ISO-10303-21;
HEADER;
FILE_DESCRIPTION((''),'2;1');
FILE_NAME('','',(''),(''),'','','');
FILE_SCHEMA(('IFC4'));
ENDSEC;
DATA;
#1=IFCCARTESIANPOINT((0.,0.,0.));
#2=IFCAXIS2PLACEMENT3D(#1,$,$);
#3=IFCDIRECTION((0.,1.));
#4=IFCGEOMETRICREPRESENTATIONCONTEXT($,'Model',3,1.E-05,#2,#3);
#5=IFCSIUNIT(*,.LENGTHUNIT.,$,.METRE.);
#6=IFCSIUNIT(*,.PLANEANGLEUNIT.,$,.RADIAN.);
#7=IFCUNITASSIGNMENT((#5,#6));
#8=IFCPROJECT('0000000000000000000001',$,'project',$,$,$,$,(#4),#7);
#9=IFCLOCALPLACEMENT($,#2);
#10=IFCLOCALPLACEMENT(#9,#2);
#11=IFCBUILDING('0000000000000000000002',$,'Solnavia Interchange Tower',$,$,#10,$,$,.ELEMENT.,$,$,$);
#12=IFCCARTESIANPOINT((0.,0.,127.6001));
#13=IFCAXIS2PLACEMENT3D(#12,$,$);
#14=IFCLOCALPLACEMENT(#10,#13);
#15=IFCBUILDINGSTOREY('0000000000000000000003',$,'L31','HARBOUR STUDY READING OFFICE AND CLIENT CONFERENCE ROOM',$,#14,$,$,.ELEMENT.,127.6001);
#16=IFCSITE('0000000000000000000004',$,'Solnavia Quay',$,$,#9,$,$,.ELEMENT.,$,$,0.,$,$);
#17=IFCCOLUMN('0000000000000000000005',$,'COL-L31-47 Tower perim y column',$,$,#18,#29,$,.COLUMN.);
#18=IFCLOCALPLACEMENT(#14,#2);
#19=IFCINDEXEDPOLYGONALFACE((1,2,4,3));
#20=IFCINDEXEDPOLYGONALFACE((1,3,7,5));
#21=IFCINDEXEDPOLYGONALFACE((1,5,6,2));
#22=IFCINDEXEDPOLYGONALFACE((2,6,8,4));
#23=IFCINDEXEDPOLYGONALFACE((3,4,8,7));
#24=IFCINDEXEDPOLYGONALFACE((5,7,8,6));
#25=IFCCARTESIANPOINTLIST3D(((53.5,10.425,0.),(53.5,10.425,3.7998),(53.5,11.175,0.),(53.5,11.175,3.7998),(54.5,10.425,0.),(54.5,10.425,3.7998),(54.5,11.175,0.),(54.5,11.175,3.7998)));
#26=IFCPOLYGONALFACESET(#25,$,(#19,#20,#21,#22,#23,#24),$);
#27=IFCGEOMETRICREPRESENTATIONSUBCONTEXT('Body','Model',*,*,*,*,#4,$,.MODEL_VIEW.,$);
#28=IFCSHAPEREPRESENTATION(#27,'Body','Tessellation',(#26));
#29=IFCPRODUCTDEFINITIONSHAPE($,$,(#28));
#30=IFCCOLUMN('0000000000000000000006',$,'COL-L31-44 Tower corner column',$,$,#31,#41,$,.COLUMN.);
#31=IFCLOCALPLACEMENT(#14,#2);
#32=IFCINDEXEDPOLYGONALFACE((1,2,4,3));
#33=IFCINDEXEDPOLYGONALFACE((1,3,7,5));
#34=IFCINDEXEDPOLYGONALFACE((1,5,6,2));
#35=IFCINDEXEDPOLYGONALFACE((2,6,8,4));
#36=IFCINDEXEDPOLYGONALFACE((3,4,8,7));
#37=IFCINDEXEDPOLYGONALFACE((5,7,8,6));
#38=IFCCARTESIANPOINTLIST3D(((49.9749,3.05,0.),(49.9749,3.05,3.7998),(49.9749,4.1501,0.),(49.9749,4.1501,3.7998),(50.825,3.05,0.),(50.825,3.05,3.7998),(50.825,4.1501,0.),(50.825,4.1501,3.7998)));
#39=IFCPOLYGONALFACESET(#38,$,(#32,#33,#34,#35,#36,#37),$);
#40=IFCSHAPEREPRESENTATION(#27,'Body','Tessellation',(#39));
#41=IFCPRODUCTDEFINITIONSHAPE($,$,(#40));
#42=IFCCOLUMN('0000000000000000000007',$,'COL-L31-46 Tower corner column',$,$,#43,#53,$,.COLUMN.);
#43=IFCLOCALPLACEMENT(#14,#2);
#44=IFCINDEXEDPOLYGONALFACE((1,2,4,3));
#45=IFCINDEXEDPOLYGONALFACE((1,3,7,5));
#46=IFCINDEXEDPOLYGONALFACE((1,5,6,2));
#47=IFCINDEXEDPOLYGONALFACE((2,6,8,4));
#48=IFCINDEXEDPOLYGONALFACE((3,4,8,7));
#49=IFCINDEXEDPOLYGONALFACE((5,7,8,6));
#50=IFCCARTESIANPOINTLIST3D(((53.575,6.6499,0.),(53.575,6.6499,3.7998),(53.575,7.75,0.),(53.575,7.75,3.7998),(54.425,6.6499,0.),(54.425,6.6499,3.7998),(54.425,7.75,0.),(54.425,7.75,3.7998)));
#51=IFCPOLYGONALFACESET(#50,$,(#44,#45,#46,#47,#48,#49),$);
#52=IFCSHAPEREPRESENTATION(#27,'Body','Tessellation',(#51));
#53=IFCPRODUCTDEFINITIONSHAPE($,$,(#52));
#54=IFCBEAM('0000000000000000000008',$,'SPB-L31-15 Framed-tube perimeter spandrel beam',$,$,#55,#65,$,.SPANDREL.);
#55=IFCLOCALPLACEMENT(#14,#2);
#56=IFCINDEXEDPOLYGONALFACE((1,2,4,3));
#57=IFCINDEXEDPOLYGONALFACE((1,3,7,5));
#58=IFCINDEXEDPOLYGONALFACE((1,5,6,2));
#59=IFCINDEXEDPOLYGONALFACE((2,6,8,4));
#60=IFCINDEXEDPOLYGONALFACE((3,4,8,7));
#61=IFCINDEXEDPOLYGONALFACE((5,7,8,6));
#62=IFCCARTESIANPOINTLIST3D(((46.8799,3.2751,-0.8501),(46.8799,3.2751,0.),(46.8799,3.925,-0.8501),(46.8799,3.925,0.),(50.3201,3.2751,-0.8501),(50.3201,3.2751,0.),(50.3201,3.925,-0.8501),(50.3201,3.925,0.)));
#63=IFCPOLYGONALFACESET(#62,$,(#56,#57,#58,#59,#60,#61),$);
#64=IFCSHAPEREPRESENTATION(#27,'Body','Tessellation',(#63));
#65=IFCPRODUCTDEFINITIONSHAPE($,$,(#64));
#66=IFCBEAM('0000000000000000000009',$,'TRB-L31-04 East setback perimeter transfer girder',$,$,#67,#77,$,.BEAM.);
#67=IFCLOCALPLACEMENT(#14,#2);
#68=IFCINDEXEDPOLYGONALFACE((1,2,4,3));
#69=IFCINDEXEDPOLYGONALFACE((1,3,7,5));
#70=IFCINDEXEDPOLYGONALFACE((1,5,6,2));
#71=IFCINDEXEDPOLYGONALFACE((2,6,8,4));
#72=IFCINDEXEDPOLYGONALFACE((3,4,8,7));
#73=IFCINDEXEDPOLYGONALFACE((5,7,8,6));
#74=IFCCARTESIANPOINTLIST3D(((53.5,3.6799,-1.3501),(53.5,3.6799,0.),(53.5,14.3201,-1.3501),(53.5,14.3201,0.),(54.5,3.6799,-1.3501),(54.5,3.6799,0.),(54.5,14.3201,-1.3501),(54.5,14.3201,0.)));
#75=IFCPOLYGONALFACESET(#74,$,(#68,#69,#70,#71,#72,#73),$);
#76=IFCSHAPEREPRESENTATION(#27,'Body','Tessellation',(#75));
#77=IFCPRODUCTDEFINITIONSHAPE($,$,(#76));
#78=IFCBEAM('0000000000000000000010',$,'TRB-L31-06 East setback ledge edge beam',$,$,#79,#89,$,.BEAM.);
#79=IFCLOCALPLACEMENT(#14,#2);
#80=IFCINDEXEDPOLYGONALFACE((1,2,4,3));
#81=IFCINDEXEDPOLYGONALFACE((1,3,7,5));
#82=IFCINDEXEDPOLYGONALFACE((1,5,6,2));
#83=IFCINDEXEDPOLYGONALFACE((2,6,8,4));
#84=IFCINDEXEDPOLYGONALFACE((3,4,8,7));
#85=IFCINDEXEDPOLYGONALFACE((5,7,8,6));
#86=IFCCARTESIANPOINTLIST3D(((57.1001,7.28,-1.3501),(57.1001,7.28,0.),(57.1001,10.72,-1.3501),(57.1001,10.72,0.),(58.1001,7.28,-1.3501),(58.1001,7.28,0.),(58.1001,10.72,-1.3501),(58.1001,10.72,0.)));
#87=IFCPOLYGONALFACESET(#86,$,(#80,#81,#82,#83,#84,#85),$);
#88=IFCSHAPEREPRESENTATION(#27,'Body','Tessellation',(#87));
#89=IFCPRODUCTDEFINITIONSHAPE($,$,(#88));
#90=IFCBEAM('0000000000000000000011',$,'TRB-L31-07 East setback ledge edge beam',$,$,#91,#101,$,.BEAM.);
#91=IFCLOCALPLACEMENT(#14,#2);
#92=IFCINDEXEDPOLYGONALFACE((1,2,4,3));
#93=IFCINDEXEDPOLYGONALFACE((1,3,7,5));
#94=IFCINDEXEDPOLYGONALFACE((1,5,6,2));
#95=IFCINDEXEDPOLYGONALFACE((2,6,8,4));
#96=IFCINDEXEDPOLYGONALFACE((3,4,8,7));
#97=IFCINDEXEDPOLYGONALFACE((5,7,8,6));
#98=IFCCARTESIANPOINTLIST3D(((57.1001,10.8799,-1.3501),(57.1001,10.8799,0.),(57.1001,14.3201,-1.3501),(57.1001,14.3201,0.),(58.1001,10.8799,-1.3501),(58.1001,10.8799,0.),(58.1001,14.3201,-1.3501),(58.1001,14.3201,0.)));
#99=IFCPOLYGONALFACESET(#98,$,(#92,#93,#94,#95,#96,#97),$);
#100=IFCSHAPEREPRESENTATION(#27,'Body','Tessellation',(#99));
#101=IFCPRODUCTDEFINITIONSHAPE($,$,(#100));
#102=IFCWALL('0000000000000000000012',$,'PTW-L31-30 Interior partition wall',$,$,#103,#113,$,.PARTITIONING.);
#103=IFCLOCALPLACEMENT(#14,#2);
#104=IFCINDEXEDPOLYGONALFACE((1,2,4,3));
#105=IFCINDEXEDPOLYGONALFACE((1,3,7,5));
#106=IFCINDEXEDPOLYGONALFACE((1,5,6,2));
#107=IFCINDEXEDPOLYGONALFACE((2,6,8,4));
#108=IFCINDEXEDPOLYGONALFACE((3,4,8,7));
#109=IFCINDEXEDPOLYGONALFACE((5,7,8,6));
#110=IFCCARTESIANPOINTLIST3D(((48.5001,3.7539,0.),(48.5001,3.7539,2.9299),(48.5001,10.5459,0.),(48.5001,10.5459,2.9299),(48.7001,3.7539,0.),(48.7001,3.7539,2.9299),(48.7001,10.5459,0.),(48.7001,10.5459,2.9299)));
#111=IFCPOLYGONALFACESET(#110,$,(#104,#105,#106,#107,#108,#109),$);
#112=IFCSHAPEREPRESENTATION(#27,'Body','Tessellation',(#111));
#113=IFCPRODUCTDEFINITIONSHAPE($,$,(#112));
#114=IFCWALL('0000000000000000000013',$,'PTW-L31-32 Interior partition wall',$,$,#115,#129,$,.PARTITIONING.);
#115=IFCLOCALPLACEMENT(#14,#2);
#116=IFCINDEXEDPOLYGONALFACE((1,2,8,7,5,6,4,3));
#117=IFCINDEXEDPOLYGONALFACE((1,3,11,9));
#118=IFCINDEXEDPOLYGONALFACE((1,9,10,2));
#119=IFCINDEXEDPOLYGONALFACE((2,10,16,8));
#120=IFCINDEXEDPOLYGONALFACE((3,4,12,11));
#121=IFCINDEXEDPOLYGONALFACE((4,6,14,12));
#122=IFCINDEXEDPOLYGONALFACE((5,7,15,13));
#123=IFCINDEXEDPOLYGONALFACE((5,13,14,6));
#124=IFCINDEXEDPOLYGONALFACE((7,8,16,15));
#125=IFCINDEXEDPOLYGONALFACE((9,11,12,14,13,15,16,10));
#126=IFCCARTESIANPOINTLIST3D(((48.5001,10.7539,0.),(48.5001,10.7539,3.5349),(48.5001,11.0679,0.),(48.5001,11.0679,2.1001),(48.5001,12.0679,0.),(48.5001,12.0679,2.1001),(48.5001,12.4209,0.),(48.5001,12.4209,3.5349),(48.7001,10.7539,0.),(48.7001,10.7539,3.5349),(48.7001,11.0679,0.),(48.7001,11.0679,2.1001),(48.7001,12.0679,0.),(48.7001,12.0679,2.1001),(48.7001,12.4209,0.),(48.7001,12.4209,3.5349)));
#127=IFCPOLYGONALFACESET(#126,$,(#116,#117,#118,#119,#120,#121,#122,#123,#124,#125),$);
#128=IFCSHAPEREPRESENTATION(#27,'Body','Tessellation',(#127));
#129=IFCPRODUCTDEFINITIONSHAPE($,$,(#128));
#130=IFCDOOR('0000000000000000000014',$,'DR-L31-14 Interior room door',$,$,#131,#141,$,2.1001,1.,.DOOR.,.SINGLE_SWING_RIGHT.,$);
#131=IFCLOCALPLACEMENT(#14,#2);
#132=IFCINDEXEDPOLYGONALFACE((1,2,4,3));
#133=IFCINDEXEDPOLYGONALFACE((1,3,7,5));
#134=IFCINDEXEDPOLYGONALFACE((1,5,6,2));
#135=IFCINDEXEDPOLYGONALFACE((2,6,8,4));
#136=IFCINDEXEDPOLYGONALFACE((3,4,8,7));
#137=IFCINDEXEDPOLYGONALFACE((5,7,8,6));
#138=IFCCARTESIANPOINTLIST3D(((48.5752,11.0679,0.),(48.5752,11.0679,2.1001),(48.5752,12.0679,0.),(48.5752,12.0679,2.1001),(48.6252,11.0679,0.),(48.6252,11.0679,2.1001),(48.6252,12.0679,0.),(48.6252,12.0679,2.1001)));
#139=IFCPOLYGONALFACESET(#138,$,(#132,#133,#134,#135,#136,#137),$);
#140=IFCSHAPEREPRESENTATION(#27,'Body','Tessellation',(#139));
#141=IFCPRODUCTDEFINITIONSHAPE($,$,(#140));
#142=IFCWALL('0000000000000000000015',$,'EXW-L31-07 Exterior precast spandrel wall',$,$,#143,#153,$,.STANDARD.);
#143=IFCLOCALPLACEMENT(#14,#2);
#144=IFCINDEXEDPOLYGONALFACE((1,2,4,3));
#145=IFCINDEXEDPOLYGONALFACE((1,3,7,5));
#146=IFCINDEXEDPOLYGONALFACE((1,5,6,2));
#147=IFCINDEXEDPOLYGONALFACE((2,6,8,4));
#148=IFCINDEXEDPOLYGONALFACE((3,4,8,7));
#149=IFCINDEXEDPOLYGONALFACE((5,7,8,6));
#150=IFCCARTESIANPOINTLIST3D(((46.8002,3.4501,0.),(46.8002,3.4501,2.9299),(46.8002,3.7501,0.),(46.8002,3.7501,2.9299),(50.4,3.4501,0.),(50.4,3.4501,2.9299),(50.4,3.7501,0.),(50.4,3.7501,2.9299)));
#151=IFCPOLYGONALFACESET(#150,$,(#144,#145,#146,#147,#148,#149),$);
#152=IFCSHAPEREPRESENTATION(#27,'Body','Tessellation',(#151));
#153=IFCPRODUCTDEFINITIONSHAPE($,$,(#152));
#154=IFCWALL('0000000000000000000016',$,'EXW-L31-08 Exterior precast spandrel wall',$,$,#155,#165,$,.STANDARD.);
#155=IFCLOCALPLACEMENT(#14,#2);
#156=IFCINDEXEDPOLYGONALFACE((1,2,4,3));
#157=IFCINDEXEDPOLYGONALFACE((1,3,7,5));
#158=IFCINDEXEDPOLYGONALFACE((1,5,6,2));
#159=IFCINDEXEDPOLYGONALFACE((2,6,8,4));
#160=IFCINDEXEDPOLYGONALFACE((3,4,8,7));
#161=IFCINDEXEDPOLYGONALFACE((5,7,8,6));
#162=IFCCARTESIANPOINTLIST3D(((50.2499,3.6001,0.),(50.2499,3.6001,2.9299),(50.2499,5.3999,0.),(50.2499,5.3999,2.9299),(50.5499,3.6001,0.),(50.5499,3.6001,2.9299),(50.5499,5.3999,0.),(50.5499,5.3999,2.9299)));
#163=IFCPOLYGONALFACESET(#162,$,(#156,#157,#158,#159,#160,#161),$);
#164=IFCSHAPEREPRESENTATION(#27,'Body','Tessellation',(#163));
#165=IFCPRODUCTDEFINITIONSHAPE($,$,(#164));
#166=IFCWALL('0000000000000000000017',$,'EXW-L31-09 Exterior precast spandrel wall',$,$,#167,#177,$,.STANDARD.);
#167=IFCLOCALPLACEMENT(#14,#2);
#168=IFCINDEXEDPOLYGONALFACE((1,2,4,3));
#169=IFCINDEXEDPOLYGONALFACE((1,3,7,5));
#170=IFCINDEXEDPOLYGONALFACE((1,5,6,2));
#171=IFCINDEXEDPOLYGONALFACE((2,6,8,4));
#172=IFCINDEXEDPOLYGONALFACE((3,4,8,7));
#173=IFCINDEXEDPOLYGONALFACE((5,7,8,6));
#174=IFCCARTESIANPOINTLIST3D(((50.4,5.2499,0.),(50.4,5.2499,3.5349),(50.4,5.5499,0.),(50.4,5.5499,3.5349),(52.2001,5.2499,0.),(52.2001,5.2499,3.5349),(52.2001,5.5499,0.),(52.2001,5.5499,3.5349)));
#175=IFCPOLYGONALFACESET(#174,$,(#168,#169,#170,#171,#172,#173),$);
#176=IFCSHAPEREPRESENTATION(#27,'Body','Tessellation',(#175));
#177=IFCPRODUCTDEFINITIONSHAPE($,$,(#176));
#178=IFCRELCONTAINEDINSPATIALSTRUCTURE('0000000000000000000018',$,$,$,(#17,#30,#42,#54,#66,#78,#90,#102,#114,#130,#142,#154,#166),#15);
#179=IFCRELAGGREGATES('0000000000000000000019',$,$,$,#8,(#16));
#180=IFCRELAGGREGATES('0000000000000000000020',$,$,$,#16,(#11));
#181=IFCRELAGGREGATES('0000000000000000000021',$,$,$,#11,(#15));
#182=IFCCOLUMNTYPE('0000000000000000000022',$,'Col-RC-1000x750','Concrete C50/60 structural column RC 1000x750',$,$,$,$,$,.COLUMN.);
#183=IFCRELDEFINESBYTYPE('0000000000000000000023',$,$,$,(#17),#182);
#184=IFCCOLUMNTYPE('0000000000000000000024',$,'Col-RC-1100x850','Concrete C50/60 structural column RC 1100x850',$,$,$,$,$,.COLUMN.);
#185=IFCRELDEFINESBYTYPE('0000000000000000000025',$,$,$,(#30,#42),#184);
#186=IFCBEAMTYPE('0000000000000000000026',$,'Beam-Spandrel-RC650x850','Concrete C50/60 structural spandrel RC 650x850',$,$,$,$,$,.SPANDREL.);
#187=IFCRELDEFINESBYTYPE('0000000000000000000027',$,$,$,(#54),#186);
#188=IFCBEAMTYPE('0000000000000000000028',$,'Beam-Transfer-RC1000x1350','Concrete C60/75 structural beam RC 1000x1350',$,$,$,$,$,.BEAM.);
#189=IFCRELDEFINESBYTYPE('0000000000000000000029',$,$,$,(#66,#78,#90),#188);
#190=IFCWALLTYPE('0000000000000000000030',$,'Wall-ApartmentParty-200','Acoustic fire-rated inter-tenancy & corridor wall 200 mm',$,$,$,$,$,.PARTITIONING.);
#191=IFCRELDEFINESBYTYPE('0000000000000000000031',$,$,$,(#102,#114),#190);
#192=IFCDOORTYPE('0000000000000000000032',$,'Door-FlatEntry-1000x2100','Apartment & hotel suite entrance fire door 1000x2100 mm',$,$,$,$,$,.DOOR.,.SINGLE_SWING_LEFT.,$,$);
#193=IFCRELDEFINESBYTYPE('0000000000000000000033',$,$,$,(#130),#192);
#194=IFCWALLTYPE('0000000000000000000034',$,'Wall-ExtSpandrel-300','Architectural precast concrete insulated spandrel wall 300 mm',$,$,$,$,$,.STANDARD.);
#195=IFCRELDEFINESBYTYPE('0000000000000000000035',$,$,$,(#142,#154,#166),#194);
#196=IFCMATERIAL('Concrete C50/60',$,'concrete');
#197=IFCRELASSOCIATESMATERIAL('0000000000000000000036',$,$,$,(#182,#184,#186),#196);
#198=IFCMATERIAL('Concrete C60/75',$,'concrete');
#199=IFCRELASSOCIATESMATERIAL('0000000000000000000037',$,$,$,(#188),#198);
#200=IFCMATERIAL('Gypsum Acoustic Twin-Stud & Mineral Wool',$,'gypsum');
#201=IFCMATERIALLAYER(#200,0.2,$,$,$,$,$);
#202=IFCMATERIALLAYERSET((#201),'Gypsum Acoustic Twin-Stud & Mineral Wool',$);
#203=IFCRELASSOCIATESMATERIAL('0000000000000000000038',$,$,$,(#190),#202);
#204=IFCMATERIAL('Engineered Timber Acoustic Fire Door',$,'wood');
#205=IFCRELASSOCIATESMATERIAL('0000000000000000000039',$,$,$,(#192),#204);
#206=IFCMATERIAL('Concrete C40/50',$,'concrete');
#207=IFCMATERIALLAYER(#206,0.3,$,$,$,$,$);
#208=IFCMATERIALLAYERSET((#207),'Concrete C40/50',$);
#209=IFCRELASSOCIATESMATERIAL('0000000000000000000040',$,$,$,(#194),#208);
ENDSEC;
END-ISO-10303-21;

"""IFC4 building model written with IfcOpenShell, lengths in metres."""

from ifc_helpers import new_model, si_unit, direction, frame, frame_2d, origin, origin_2d, place, context, subcontext, project, spatial, rectangle, extrude, material, layer, layer_set, material_profile, profile_set, type_object, element, fill, save


model = new_model("IFC4")

# Units and contexts
model_context = context("Model", 3, precision=1e-05, world=origin(), true_north=direction((0.0, 1.0)))
body_context = subcontext(model_context, "Body", "Model", "MODEL_VIEW")
ifc_project = project(units=[si_unit("LENGTHUNIT", "METRE"), si_unit("PLANEANGLEUNIT", "RADIAN")], contexts=[model_context])

# Site, building, storey
site_placement = place(None, origin())
site = spatial("IfcSite", under=ifc_project, at=site_placement, Name="Solnavia Quay", CompositionType="ELEMENT", RefElevation=0.0)
building_placement = place(site_placement, origin())
building = spatial("IfcBuilding", under=site, at=building_placement, Name="Solnavia Interchange Tower", CompositionType="ELEMENT")
storey_placement = place(building_placement, frame((0.0, 0.0, 127.6001)))
storey = spatial("IfcBuildingStorey", under=building, at=storey_placement, Name="L31", Description="HARBOUR STUDY READING OFFICE AND CLIENT CONFERENCE ROOM", CompositionType="ELEMENT", Elevation=127.6001)

# Columns
ifc_material_1 = material(Name="Concrete C50/60", Category="concrete")
ifc_material_profile_1 = material_profile(ifc_material_1, rectangle(XDim=0.75, YDim=1.0, at=origin_2d()), Name="RC 1000x750")
ifc_profile_set_1 = profile_set([ifc_material_profile_1], Name="Concrete C50/60")
column_type_1 = type_object("IfcColumnType", Name="Col-RC-1000x750", Description="Concrete C50/60 structural column RC 1000x750", PredefinedType="COLUMN", material=ifc_profile_set_1)
column_placement = place(storey_placement, frame((54.0, 10.8, 0.0), z_axis=(0.0, 0.0, 1.0), x_axis=(0.0, 1.0, 0.0)))
element("IfcColumn", 1, at=column_placement, inside=storey, type_object=column_type_1, Name="COL-L31-47 Tower perim y column", PredefinedType="COLUMN", context=body_context, shape_type="SweptSolid", body=[
    extrude(rectangle(XDim=0.75, YDim=1.0, at=origin_2d()), origin(), (0.0, 0.0, 1.0), 3.7998),
])
ifc_material_profile_2 = material_profile(ifc_material_1, rectangle(XDim=0.8501, YDim=1.1001, at=origin_2d()), Name="RC 1100x850")
ifc_profile_set_2 = profile_set([ifc_material_profile_2], Name="Concrete C50/60")
column_type_2 = type_object("IfcColumnType", Name="Col-RC-1100x850", Description="Concrete C50/60 structural column RC 1100x850", PredefinedType="COLUMN", material=ifc_profile_set_2)
for number, where, z_axis, x_axis, name in (
    (2, (50.3999, 3.6001, 0.0), (0.0, 0.0, 1.0), (1.0, 0.0, 0.0), "COL-L31-44 Tower corner column"),
    (3, (54.0, 7.2, 0.0), (0.0, 0.0, 1.0), (1.0, 0.0, 0.0), "COL-L31-46 Tower corner column"),
):
    element("IfcColumn", number, at=place(storey_placement, frame(where, z_axis=z_axis, x_axis=x_axis)), inside=storey, type_object=column_type_2, Name=name, PredefinedType="COLUMN", context=body_context, shape_type="SweptSolid", body=[
        extrude(rectangle(XDim=0.8501, YDim=1.1001, at=origin_2d()), origin(), (0.0, 0.0, 1.0), 3.7998),
    ])

# Beams
ifc_material_profile_3 = material_profile(ifc_material_1, rectangle(XDim=0.6499, YDim=0.8501, at=origin_2d()), Name="RC 650x850")
ifc_profile_set_3 = profile_set([ifc_material_profile_3], Name="Concrete C50/60")
beam_type_1 = type_object("IfcBeamType", Name="Beam-Spandrel-RC650x850", Description="Concrete C50/60 structural spandrel RC 650x850", PredefinedType="SPANDREL", material=ifc_profile_set_3)
beam_1_placement = place(storey_placement, frame((46.8799, 3.6001, -0.425), z_axis=(1.0, 0.0, 0.0), x_axis=(0.0, 1.0, 0.0)))
element("IfcBeam", 4, at=beam_1_placement, inside=storey, type_object=beam_type_1, Name="SPB-L31-15 Framed-tube perimeter spandrel beam", PredefinedType="SPANDREL", context=body_context, shape_type="SweptSolid", body=[
    extrude(rectangle(XDim=0.6499, YDim=0.8501, at=origin_2d()), origin(), (0.0, 0.0, 1.0), 3.4402),
])
ifc_material_2 = material(Name="Concrete C60/75", Category="concrete")
ifc_material_profile_4 = material_profile(ifc_material_2, rectangle(XDim=1.0, YDim=1.3501, at=origin_2d()), Name="RC 1000x1350")
ifc_profile_set_4 = profile_set([ifc_material_profile_4], Name="Concrete C60/75")
beam_type_2 = type_object("IfcBeamType", Name="Beam-Transfer-RC1000x1350", Description="Concrete C60/75 structural beam RC 1000x1350", PredefinedType="BEAM", material=ifc_profile_set_4)
beam_2_placement = place(storey_placement, frame((54.0, 3.6799, -0.675), z_axis=(0.0, 1.0, 0.0), x_axis=(-1.0, 0.0, 0.0)))
element("IfcBeam", 5, at=beam_2_placement, inside=storey, type_object=beam_type_2, Name="TRB-L31-04 East setback perimeter transfer girder", PredefinedType="BEAM", context=body_context, shape_type="SweptSolid", body=[
    extrude(rectangle(XDim=1.0, YDim=1.3501, at=origin_2d()), origin(), (0.0, 0.0, 1.0), 10.6401),
])
beam_3_placement = place(storey_placement, frame((57.6001, 7.28, -0.675), z_axis=(0.0, 1.0, 0.0), x_axis=(-1.0, 0.0, 0.0)))
element("IfcBeam", 6, at=beam_3_placement, inside=storey, type_object=beam_type_2, Name="TRB-L31-06 East setback ledge edge beam", PredefinedType="BEAM", context=body_context, shape_type="SweptSolid", body=[
    extrude(rectangle(XDim=1.0, YDim=1.3501, at=origin_2d()), origin(), (0.0, 0.0, 1.0), 3.4399),
])
beam_4_placement = place(storey_placement, frame((57.6001, 10.8799, -0.675), z_axis=(0.0, 1.0, 0.0), x_axis=(-1.0, 0.0, 0.0)))
element("IfcBeam", 7, at=beam_4_placement, inside=storey, type_object=beam_type_2, Name="TRB-L31-07 East setback ledge edge beam", PredefinedType="BEAM", context=body_context, shape_type="SweptSolid", body=[
    extrude(rectangle(XDim=1.0, YDim=1.3501, at=origin_2d()), origin(), (0.0, 0.0, 1.0), 3.4402),
])

# Wall
ifc_material_3 = material(Name="Gypsum Acoustic Twin-Stud & Mineral Wool", Category="gypsum")
ifc_layer_1 = layer(ifc_material_3, 0.2)
ifc_layer_set_1 = layer_set([ifc_layer_1], Name="Gypsum Acoustic Twin-Stud & Mineral Wool")
wall_type_1 = type_object("IfcWallType", Name="Wall-ApartmentParty-200", Description="Acoustic fire-rated inter-tenancy & corridor wall 200 mm", PredefinedType="PARTITIONING", material=ifc_layer_set_1)
wall_1_placement = place(storey_placement, frame((48.6001, 3.7539, 0.0), z_axis=(0.0, 0.0, 1.0), x_axis=(0.0, 1.0, 0.0)))
element("IfcWall", 8, at=wall_1_placement, inside=storey, type_object=wall_type_1, Name="PTW-L31-30 Interior partition wall", PredefinedType="PARTITIONING", context=body_context, shape_type="SweptSolid", body=[
    extrude(rectangle(XDim=6.792, YDim=0.2, at=frame_2d((3.396, 0.0))), origin(), (0.0, 0.0, 1.0), 2.9299),
])

# Wall, opening, door
wall_2_placement = place(storey_placement, frame((48.6001, 10.7539, 0.0), z_axis=(0.0, 0.0, 1.0), x_axis=(0.0, 1.0, 0.0)))
wall_2 = element("IfcWall", 9, at=wall_2_placement, inside=storey, type_object=wall_type_1, Name="PTW-L31-32 Interior partition wall", PredefinedType="PARTITIONING", context=body_context, shape_type="SweptSolid", body=[
    extrude(rectangle(XDim=1.667, YDim=0.2, at=frame_2d((0.8335, 0.0))), origin(), (0.0, 0.0, 1.0), 3.5349),
])
opening_1_placement = place(wall_2_placement, frame((0.314, 0.0, 0.0)))
opening_1 = element("IfcOpeningElement", 10, at=opening_1_placement, cuts=wall_2, PredefinedType="OPENING", context=body_context, shape_type="SweptSolid", body=[
    extrude(rectangle(XDim=1.0, YDim=2.1001, at=frame_2d((0.5, 1.05))), frame((0.0, 0.1099, 0.0), z_axis=(0.0, -1.0, 0.0), x_axis=(1.0, 0.0, 0.0)), (0.0, 0.0, 1.0), 0.22),
])
ifc_material_4 = material(Name="Engineered Timber Acoustic Fire Door", Category="wood")
door_type_1 = type_object("IfcDoorType", Name="Door-FlatEntry-1000x2100", Description="Apartment & hotel suite entrance fire door 1000x2100 mm", OperationType="SINGLE_SWING_LEFT", PredefinedType="DOOR", material=ifc_material_4)
door_1_placement = place(opening_1_placement, origin())
door_1 = element("IfcDoor", 11, at=door_1_placement, inside=storey, type_object=door_type_1, Name="DR-L31-14 Interior room door", OperationType="SINGLE_SWING_RIGHT", OverallHeight=2.1001, OverallWidth=1.0, PredefinedType="DOOR", context=body_context, shape_type="SweptSolid", body=[
    extrude(rectangle(XDim=1.0, YDim=2.1001, at=frame_2d((0.5, 1.05))), frame((0.0, 0.0249, 0.0), z_axis=(0.0, -1.0, 0.0), x_axis=(1.0, 0.0, 0.0)), (0.0, 0.0, 1.0), 0.05),
])
fill(opening_1, door_1)

# Walls
ifc_material_5 = material(Name="Concrete C40/50", Category="concrete")
ifc_layer_2 = layer(ifc_material_5, 0.3)
ifc_layer_set_2 = layer_set([ifc_layer_2], Name="Concrete C40/50")
wall_type_2 = type_object("IfcWallType", Name="Wall-ExtSpandrel-300", Description="Architectural precast concrete insulated spandrel wall 300 mm", PredefinedType="STANDARD", material=ifc_layer_set_2)
wall_3_placement = place(storey_placement, frame((50.3999, 3.6001, 0.0), z_axis=(0.0, 0.0, 1.0), x_axis=(-1.0, 0.0, 0.0)))
element("IfcWall", 12, at=wall_3_placement, inside=storey, type_object=wall_type_2, Name="EXW-L31-07 Exterior precast spandrel wall", PredefinedType="STANDARD", context=body_context, shape_type="SweptSolid", body=[
    extrude(rectangle(XDim=3.5999, YDim=0.3, at=frame_2d((1.7998, 0.0))), origin(), (0.0, 0.0, 1.0), 2.9299),
])
wall_4_placement = place(storey_placement, frame((50.3999, 5.3999, 0.0), z_axis=(0.0, 0.0, 1.0), x_axis=(0.0, -1.0, 0.0)))
element("IfcWall", 13, at=wall_4_placement, inside=storey, type_object=wall_type_2, Name="EXW-L31-08 Exterior precast spandrel wall", PredefinedType="STANDARD", context=body_context, shape_type="SweptSolid", body=[
    extrude(rectangle(XDim=1.7998, YDim=0.3, at=frame_2d((0.8999, 0.0))), origin(), (0.0, 0.0, 1.0), 2.9299),
])
for number, where, z_axis, x_axis, name in (
    (14, (52.2, 5.3999, 0.0), (0.0, 0.0, 1.0), (-1.0, 0.0, 0.0), "EXW-L31-09 Exterior precast spandrel wall"),
):
    element("IfcWall", number, at=place(storey_placement, frame(where, z_axis=z_axis, x_axis=x_axis)), inside=storey, type_object=wall_type_2, Name=name, PredefinedType="STANDARD", context=body_context, shape_type="SweptSolid", body=[
        extrude(rectangle(XDim=1.8, YDim=0.3, at=frame_2d((0.8999, 0.0))), origin(), (0.0, 0.0, 1.0), 3.5349),
    ])

save(model, "model.ifc")
